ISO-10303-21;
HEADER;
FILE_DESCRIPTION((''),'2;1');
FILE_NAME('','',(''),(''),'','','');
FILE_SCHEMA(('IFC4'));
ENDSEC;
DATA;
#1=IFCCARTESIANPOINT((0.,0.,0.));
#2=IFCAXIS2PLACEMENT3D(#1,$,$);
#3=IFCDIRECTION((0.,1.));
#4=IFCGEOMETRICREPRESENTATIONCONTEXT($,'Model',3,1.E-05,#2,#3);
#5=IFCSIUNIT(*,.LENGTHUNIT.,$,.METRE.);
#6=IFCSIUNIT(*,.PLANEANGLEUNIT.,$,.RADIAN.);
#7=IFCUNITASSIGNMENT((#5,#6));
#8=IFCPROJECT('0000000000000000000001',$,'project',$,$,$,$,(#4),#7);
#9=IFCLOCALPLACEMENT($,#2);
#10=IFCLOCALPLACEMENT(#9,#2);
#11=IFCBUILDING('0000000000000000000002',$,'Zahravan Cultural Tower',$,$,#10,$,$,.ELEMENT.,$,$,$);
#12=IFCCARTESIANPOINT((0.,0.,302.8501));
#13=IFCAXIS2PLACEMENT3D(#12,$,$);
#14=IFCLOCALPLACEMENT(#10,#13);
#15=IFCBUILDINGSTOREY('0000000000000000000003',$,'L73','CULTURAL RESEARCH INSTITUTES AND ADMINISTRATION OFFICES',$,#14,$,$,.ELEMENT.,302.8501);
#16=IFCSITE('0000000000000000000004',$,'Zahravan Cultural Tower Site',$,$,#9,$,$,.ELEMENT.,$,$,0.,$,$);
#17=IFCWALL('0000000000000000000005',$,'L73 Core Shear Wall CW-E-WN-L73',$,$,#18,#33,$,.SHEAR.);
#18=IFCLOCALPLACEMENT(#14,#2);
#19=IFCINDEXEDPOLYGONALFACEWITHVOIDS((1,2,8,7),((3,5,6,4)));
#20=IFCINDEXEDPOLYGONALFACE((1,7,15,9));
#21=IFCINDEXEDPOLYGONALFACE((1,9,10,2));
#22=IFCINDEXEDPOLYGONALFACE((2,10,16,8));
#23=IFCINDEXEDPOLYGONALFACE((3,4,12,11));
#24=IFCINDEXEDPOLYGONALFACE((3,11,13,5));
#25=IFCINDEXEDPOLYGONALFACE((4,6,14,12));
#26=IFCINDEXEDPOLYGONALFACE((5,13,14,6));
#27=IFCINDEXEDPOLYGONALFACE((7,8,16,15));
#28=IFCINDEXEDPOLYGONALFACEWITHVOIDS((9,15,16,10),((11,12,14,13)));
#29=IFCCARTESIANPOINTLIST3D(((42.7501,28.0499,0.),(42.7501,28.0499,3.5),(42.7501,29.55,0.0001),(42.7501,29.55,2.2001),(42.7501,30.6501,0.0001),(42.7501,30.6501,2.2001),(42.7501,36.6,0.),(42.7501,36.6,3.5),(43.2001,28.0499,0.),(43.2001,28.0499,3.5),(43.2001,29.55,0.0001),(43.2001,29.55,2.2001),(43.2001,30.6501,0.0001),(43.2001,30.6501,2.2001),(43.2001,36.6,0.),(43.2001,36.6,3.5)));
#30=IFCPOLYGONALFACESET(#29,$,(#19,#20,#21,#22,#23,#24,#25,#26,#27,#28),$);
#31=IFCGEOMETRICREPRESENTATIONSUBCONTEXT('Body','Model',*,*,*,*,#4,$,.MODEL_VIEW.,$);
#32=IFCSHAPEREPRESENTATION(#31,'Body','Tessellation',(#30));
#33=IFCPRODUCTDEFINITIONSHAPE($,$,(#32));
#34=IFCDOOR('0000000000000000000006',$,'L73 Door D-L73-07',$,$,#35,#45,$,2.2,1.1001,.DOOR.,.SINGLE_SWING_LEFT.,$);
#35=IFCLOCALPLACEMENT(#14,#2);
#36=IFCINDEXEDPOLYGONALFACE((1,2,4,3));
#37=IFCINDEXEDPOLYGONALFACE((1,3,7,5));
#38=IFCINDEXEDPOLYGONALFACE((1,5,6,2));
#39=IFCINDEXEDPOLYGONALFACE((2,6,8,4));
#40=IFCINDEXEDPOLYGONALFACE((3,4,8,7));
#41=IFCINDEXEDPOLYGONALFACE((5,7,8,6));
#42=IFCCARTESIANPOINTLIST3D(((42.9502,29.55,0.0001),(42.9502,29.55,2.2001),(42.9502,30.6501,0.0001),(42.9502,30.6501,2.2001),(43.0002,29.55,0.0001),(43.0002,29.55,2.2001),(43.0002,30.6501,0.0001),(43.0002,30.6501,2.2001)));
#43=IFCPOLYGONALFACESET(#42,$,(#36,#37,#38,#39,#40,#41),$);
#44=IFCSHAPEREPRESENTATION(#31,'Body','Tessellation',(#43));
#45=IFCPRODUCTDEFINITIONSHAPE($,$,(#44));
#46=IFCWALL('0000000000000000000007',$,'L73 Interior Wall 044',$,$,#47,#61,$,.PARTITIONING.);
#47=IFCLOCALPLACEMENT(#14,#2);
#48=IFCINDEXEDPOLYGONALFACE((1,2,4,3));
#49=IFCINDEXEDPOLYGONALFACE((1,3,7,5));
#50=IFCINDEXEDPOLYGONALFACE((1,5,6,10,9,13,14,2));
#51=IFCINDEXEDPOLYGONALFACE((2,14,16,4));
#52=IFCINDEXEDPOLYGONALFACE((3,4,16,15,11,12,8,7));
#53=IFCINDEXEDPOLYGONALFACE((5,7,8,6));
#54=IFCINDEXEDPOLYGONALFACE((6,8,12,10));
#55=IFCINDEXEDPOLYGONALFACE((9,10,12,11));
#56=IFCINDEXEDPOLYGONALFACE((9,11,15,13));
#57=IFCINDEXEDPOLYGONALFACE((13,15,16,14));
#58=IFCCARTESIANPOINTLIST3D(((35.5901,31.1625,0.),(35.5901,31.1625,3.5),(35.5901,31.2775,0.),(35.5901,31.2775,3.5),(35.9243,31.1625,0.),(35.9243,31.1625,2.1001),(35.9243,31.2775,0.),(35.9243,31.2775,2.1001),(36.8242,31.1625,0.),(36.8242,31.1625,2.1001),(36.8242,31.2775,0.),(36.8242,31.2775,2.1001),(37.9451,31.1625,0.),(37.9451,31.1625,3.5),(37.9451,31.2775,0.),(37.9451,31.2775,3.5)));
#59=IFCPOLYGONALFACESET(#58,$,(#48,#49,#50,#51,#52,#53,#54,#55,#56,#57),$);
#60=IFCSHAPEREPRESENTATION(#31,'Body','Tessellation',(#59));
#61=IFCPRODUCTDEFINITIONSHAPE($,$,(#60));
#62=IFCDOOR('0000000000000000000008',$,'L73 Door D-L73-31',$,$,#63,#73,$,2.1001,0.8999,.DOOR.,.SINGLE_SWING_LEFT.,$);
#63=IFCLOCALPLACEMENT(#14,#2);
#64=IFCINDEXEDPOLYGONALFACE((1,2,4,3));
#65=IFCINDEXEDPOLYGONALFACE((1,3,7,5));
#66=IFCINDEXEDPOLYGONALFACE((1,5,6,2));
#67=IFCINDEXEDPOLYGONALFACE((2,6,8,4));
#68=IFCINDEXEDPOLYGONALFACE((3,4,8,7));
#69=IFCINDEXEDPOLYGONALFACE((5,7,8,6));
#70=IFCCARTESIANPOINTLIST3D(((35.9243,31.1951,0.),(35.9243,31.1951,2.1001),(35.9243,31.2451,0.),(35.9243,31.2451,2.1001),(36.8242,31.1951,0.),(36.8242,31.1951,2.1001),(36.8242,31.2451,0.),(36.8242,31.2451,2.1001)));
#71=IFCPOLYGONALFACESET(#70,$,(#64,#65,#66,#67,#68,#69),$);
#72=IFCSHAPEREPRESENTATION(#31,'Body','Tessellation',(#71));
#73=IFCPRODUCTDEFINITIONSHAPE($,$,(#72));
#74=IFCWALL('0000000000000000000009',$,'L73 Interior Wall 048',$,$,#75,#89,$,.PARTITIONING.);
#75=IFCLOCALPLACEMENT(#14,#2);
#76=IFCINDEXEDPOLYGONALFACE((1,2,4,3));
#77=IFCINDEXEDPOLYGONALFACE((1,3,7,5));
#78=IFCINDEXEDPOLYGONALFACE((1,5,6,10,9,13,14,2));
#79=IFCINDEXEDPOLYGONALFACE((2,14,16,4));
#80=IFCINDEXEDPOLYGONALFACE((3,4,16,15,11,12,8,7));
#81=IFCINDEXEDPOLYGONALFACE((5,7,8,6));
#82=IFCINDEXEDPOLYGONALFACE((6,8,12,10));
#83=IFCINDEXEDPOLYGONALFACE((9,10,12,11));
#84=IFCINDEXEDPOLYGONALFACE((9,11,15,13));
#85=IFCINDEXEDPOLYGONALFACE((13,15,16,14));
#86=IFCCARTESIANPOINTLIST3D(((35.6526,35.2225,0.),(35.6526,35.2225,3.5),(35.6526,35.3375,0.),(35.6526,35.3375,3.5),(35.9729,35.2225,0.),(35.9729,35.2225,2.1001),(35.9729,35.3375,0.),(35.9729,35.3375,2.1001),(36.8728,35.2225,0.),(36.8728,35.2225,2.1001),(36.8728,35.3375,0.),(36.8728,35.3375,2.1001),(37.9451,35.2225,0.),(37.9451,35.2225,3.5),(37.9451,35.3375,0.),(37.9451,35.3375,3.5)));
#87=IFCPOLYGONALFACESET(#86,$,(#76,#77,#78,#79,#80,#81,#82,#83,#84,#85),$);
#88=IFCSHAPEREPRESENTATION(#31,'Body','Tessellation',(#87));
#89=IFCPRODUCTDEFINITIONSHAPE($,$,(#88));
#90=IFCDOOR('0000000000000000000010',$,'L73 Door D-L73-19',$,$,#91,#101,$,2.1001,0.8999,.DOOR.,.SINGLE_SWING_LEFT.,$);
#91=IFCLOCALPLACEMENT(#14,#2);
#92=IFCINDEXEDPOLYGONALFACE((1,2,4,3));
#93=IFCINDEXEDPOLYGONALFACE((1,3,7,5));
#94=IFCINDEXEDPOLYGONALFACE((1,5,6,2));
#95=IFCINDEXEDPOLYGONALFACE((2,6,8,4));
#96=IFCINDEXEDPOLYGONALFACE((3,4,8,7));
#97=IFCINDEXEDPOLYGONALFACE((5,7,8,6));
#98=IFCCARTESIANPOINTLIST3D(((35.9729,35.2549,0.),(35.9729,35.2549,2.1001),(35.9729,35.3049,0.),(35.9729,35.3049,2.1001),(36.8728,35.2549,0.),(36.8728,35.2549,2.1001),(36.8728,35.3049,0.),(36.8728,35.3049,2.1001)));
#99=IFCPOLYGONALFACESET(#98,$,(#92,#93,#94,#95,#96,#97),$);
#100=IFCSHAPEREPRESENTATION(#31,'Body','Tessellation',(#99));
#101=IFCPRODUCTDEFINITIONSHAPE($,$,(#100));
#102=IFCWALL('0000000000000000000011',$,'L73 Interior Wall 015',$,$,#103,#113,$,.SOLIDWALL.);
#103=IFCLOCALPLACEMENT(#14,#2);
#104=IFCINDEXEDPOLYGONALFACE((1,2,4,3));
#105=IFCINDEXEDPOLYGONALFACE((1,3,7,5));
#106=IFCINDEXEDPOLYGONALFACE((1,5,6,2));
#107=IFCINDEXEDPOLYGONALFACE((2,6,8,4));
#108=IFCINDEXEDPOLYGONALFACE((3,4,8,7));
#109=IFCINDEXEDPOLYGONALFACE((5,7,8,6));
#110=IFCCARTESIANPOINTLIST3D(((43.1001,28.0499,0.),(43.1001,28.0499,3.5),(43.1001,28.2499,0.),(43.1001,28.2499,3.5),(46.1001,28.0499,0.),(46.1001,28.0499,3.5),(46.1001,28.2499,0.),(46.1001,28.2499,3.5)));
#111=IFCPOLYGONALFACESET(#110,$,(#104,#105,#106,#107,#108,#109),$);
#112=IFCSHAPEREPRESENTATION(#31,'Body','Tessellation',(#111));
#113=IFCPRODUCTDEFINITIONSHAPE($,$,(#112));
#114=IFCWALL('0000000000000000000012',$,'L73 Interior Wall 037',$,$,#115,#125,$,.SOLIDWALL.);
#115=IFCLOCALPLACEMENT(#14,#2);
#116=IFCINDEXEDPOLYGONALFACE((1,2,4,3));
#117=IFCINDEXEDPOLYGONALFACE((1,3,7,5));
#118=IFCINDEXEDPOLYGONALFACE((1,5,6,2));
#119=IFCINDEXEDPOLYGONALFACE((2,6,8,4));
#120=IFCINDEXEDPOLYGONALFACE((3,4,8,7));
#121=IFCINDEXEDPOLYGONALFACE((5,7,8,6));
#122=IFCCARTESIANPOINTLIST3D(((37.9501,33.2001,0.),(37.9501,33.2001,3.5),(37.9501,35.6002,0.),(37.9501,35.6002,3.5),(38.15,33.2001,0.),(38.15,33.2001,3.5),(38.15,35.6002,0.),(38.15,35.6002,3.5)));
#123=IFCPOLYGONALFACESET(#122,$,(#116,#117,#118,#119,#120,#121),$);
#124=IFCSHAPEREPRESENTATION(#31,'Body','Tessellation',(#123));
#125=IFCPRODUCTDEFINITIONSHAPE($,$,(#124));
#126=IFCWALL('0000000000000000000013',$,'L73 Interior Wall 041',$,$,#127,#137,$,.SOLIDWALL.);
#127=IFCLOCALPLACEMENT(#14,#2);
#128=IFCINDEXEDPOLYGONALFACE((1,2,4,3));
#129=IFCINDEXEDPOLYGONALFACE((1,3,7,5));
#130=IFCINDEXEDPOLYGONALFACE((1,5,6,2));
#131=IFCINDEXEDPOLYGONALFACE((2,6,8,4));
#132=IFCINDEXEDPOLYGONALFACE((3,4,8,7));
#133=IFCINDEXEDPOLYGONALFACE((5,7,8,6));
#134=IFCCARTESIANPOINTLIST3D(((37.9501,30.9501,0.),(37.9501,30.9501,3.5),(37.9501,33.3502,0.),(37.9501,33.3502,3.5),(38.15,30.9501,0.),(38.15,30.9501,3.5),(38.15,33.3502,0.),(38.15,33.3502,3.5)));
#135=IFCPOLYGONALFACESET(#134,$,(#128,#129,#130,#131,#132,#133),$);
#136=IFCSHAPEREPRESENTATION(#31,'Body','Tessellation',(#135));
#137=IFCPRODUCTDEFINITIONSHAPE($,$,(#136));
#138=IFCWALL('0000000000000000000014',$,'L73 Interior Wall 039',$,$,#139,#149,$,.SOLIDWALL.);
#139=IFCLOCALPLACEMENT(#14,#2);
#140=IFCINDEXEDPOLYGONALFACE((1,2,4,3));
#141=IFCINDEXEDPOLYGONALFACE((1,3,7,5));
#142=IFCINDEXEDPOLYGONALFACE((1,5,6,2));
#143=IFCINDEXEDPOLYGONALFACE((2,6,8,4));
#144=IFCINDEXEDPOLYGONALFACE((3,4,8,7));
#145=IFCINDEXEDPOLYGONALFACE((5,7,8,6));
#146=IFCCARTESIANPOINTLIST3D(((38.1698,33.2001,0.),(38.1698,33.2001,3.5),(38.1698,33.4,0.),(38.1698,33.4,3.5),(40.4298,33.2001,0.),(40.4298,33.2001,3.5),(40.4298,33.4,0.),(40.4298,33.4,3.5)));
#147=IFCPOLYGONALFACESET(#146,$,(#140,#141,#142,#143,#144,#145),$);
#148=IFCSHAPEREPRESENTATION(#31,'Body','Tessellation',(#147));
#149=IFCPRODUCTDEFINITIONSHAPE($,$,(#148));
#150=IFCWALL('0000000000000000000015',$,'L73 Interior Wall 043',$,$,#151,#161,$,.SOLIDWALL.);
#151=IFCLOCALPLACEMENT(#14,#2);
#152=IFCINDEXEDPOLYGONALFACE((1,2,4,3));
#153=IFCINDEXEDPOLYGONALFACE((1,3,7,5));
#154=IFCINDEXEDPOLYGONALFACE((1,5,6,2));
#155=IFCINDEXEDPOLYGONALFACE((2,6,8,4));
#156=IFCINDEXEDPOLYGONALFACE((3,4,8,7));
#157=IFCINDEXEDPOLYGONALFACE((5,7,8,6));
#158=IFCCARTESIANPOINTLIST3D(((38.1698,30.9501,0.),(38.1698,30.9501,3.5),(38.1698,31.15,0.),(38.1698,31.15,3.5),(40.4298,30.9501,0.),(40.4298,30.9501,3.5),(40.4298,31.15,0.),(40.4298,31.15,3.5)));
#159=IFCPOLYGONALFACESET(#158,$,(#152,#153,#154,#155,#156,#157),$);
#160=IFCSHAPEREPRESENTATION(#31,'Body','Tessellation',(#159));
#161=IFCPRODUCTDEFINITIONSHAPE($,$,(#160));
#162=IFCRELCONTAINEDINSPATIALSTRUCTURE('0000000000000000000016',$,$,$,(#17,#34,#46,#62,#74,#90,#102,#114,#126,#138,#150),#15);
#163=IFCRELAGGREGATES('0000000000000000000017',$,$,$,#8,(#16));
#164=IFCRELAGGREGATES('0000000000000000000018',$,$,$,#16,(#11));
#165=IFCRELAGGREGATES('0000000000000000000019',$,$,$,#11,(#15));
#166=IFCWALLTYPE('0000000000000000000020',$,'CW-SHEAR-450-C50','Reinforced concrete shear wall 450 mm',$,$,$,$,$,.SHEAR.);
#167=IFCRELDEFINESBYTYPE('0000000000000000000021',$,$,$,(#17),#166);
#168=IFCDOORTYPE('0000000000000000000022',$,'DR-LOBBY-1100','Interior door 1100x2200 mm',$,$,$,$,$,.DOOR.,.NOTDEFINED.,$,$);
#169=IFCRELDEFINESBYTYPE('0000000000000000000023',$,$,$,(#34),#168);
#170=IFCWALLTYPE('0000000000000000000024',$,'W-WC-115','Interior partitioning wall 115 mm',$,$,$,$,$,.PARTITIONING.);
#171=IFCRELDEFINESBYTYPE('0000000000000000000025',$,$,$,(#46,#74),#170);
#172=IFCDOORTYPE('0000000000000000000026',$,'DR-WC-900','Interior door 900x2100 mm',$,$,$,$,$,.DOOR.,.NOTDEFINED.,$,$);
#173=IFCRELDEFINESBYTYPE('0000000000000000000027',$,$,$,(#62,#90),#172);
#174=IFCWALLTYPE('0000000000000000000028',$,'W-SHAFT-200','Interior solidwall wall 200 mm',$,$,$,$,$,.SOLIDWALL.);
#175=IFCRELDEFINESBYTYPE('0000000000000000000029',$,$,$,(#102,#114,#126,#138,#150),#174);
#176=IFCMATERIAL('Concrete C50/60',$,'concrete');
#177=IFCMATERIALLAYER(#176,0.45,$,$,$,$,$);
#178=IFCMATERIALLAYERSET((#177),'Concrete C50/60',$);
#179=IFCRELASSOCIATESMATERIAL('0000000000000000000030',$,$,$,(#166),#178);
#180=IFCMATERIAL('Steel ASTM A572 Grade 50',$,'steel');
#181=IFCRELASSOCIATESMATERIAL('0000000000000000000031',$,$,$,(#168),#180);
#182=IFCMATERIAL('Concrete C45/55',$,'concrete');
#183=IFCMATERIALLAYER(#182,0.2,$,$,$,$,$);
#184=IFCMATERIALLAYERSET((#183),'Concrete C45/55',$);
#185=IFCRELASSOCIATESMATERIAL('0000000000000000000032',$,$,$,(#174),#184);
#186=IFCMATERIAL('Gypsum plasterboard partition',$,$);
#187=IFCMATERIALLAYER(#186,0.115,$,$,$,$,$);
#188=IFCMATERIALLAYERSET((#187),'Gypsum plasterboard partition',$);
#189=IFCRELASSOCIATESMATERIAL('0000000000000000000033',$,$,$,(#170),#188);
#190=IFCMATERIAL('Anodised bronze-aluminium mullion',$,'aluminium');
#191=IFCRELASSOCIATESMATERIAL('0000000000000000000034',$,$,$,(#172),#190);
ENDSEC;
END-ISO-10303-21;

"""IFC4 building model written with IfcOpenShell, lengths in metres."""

from ifc_helpers import new_model, si_unit, direction, frame, frame_2d, origin, place, context, subcontext, project, spatial, rectangle, extrude, source, transform, mapped, material, layer, layer_set, type_object, element, fill, save


model = new_model("IFC4")

# Units and contexts
model_context = context("Model", 3, precision=1e-05, world=origin(), true_north=direction((0.0, 1.0)))
body_context = subcontext(model_context, "Body", "Model", "MODEL_VIEW")
ifc_project = project(units=[si_unit("LENGTHUNIT", "METRE"), si_unit("PLANEANGLEUNIT", "RADIAN")], contexts=[model_context])

# Site, building, storey
site_placement = place(None, origin())
site = spatial("IfcSite", under=ifc_project, at=site_placement, Name="Zahravan Cultural Tower Site", CompositionType="ELEMENT", RefElevation=0.0)
building_placement = place(site_placement, origin())
building = spatial("IfcBuilding", under=site, at=building_placement, Name="Zahravan Cultural Tower", CompositionType="ELEMENT")
storey_placement = place(building_placement, frame((0.0, 0.0, 302.8501)))
storey = spatial("IfcBuildingStorey", under=building, at=storey_placement, Name="L73", Description="CULTURAL RESEARCH INSTITUTES AND ADMINISTRATION OFFICES", CompositionType="ELEMENT", Elevation=302.8501)

# Walls, openings, doors
ifc_material_1 = material(Name="Concrete C50/60", Category="concrete")
ifc_layer_1 = layer(ifc_material_1, 0.45)
ifc_layer_set_1 = layer_set([ifc_layer_1], Name="Concrete C50/60")
wall_type_1 = type_object("IfcWallType", Name="CW-SHEAR-450-C50", Description="Reinforced concrete shear wall 450 mm", PredefinedType="SHEAR", material=ifc_layer_set_1)
wall_1_placement = place(storey_placement, frame((42.9751, 28.05, 0.0), z_axis=(0.0, 0.0, 1.0), x_axis=(0.0, 1.0, 0.0)))
wall_1 = element("IfcWall", 1, at=wall_1_placement, inside=storey, type_object=wall_type_1, Name="L73 Core Shear Wall CW-E-WN-L73", PredefinedType="SHEAR", context=body_context, shape_type="SweptSolid", body=[
    extrude(rectangle(XDim=8.55, YDim=0.45, at=frame_2d((4.2749, 0.0))), origin(), (0.0, 0.0, 1.0), 3.5),
])
opening_1_placement = place(wall_1_placement, frame((1.5, 0.0, 0.0)))
opening_1 = element("IfcOpeningElement", 2, at=opening_1_placement, cuts=wall_1, PredefinedType="OPENING", context=body_context, shape_type="SweptSolid", body=[
    extrude(rectangle(XDim=1.1001, YDim=2.2, at=frame_2d((0.55, 1.1001))), frame((0.0, 0.2349, 0.0), z_axis=(0.0, -1.0, 0.0), x_axis=(1.0, 0.0, 0.0)), (0.0, 0.0, 1.0), 0.47),
])
ifc_material_2 = material(Name="Steel ASTM A572 Grade 50", Category="steel")
door_type_1 = type_object("IfcDoorType", Name="DR-LOBBY-1100", Description="Interior door 1100x2200 mm", OperationType="NOTDEFINED", PredefinedType="DOOR", material=ifc_material_2)
shared_shape_1 = source(origin(), body_context, "Body", "SweptSolid", [
    extrude(rectangle(XDim=1.1001, YDim=2.2, at=frame_2d((0.55, 1.1001))), frame((0.0, 0.0249, 0.0), z_axis=(0.0, -1.0, 0.0), x_axis=(1.0, 0.0, 0.0)), (0.0, 0.0, 1.0), 0.05),
])
door_1_placement = place(opening_1_placement, origin())
door_1 = element("IfcDoor", 3, at=door_1_placement, inside=storey, type_object=door_type_1, Name="L73 Door D-L73-07", OperationType="SINGLE_SWING_LEFT", OverallHeight=2.2, OverallWidth=1.1001, PredefinedType="DOOR", context=body_context, shape_type="MappedRepresentation", body=[
    mapped(shared_shape_1, transform((0.0, 0.0, 0.0), x_axis=(1.0, 0.0, 0.0), y_axis=(0.0, 1.0, 0.0), z_axis=(0.0, 0.0, 1.0), scale=1.0)),
])
fill(opening_1, door_1)
ifc_material_3 = material(Name="Gypsum plasterboard partition")
ifc_material_4 = material(Name="Anodised bronze-aluminium mullion", Category="aluminium")
ifc_material_5 = material(Name="Concrete C45/55", Category="concrete")
ifc_layer_2 = layer(ifc_material_5, 0.2)
ifc_layer_set_2 = layer_set([ifc_layer_2], Name="Concrete C45/55")
wall_type_2 = type_object("IfcWallType", Name="W-SHAFT-200", Description="Interior solidwall wall 200 mm", PredefinedType="SOLIDWALL", material=ifc_layer_set_2)
ifc_layer_3 = layer(ifc_material_3, 0.115)
ifc_layer_set_3 = layer_set([ifc_layer_3], Name="Gypsum plasterboard partition")
wall_type_3 = type_object("IfcWallType", Name="W-WC-115", Description="Interior partitioning wall 115 mm", PredefinedType="PARTITIONING", material=ifc_layer_set_3)
wall_2_placement = place(storey_placement, frame((37.9451, 31.22, 0.0), z_axis=(0.0, 0.0, 1.0), x_axis=(-1.0, 0.0, 0.0)))
wall_2 = element("IfcWall", 4, at=wall_2_placement, inside=storey, type_object=wall_type_3, Name="L73 Interior Wall 044", PredefinedType="PARTITIONING", context=body_context, shape_type="SweptSolid", body=[
    extrude(rectangle(XDim=2.355, YDim=0.115, at=frame_2d((1.1775, 0.0))), origin(), (0.0, 0.0, 1.0), 3.5),
])
opening_2_placement = place(wall_2_placement, frame((1.1208, 0.0, 0.0)))
opening_2 = element("IfcOpeningElement", 5, at=opening_2_placement, cuts=wall_2, PredefinedType="OPENING", context=body_context, shape_type="SweptSolid", body=[
    extrude(rectangle(XDim=0.8999, YDim=2.1001, at=frame_2d((0.45, 1.05))), frame((0.0, 0.0674, 0.0), z_axis=(0.0, -1.0, 0.0), x_axis=(1.0, 0.0, 0.0)), (0.0, 0.0, 1.0), 0.135),
])
door_type_2 = type_object("IfcDoorType", Name="DR-WC-900", Description="Interior door 900x2100 mm", OperationType="NOTDEFINED", PredefinedType="DOOR", material=ifc_material_4)
shared_shape_2 = source(origin(), body_context, "Body", "SweptSolid", [
    extrude(rectangle(XDim=0.8999, YDim=2.1001, at=frame_2d((0.45, 1.05))), frame((0.0, 0.0249, 0.0), z_axis=(0.0, -1.0, 0.0), x_axis=(1.0, 0.0, 0.0)), (0.0, 0.0, 1.0), 0.05),
])
door_2_placement = place(opening_2_placement, origin())
door_2 = element("IfcDoor", 6, at=door_2_placement, inside=storey, type_object=door_type_2, Name="L73 Door D-L73-31", OperationType="SINGLE_SWING_LEFT", OverallHeight=2.1001, OverallWidth=0.8999, PredefinedType="DOOR", context=body_context, shape_type="MappedRepresentation", body=[
    mapped(shared_shape_2, transform((0.0, 0.0, 0.0), x_axis=(1.0, 0.0, 0.0), y_axis=(0.0, 1.0, 0.0), z_axis=(0.0, 0.0, 1.0), scale=1.0)),
])
fill(opening_2, door_2)
wall_3_placement = place(storey_placement, frame((35.6526, 35.28, 0.0), z_axis=(0.0, 0.0, 1.0), x_axis=(1.0, 0.0, 0.0)))
wall_3 = element("IfcWall", 7, at=wall_3_placement, inside=storey, type_object=wall_type_3, Name="L73 Interior Wall 048", PredefinedType="PARTITIONING", context=body_context, shape_type="SweptSolid", body=[
    extrude(rectangle(XDim=2.2925, YDim=0.115, at=frame_2d((1.1462, 0.0))), origin(), (0.0, 0.0, 1.0), 3.5),
])
opening_3_placement = place(wall_3_placement, frame((0.3203, 0.0, 0.0)))
opening_3 = element("IfcOpeningElement", 8, at=opening_3_placement, cuts=wall_3, PredefinedType="OPENING", context=body_context, shape_type="SweptSolid", body=[
    extrude(rectangle(XDim=0.8999, YDim=2.1001, at=frame_2d((0.45, 1.05))), frame((0.0, 0.0674, 0.0), z_axis=(0.0, -1.0, 0.0), x_axis=(1.0, 0.0, 0.0)), (0.0, 0.0, 1.0), 0.135),
])
door_3_placement = place(opening_3_placement, origin())
door_3 = element("IfcDoor", 9, at=door_3_placement, inside=storey, type_object=door_type_2, Name="L73 Door D-L73-19", OperationType="SINGLE_SWING_LEFT", OverallHeight=2.1001, OverallWidth=0.8999, PredefinedType="DOOR", context=body_context, shape_type="MappedRepresentation", body=[
    mapped(shared_shape_2, transform((0.0, 0.0, 0.0), x_axis=(1.0, 0.0, 0.0), y_axis=(0.0, 1.0, 0.0), z_axis=(0.0, 0.0, 1.0), scale=1.0)),
])
fill(opening_3, door_3)

# Walls
shared_shape_3 = source(origin(), body_context, "Body", "SweptSolid", [
    extrude(rectangle(XDim=3.0, YDim=0.2, at=frame_2d((1.5, 0.0))), origin(), (0.0, 0.0, 1.0), 3.5),
])
wall_4_placement = place(storey_placement, frame((43.1001, 28.1499, 0.0), z_axis=(0.0, 0.0, 1.0), x_axis=(1.0, 0.0, 0.0)))
element("IfcWall", 10, at=wall_4_placement, inside=storey, type_object=wall_type_2, Name="L73 Interior Wall 015", PredefinedType="SOLIDWALL", context=body_context, shape_type="MappedRepresentation", body=[
    mapped(shared_shape_3, transform((0.0, 0.0, 0.0), x_axis=(1.0, 0.0, 0.0), y_axis=(0.0, 1.0, 0.0), z_axis=(0.0, 0.0, 1.0), scale=1.0)),
])
shared_shape_4 = source(origin(), body_context, "Body", "SweptSolid", [
    extrude(rectangle(XDim=2.4001, YDim=0.2, at=frame_2d((1.2002, 0.0))), origin(), (0.0, 0.0, 1.0), 3.5),
])
for number, where, z_axis, x_axis, name in (
    (11, (38.05, 33.2, 0.0), (0.0, 0.0, 1.0), (0.0, 1.0, 0.0), "L73 Interior Wall 037"),
    (12, (38.05, 30.95, 0.0), (0.0, 0.0, 1.0), (0.0, 1.0, 0.0), "L73 Interior Wall 041"),
):
    element("IfcWall", number, at=place(storey_placement, frame(where, z_axis=z_axis, x_axis=x_axis)), inside=storey, type_object=wall_type_2, Name=name, PredefinedType="SOLIDWALL", context=body_context, shape_type="MappedRepresentation", body=[
        mapped(shared_shape_4, transform((0.0, 0.0, 0.0), x_axis=(1.0, 0.0, 0.0), y_axis=(0.0, 1.0, 0.0), z_axis=(0.0, 0.0, 1.0), scale=1.0)),
    ])
shared_shape_5 = source(origin(), body_context, "Body", "SweptSolid", [
    extrude(rectangle(XDim=2.26, YDim=0.2, at=frame_2d((1.1299, 0.0))), origin(), (0.0, 0.0, 1.0), 3.5),
])
for number, where, z_axis, x_axis, name in (
    (13, (38.1699, 33.3, 0.0), (0.0, 0.0, 1.0), (1.0, 0.0, 0.0), "L73 Interior Wall 039"),
    (14, (38.1699, 31.05, 0.0), (0.0, 0.0, 1.0), (1.0, 0.0, 0.0), "L73 Interior Wall 043"),
):
    element("IfcWall", number, at=place(storey_placement, frame(where, z_axis=z_axis, x_axis=x_axis)), inside=storey, type_object=wall_type_2, Name=name, PredefinedType="SOLIDWALL", context=body_context, shape_type="MappedRepresentation", body=[
        mapped(shared_shape_5, transform((0.0, 0.0, 0.0), x_axis=(1.0, 0.0, 0.0), y_axis=(0.0, 1.0, 0.0), z_axis=(0.0, 0.0, 1.0), scale=1.0)),
    ])

save(model, "model.ifc")
